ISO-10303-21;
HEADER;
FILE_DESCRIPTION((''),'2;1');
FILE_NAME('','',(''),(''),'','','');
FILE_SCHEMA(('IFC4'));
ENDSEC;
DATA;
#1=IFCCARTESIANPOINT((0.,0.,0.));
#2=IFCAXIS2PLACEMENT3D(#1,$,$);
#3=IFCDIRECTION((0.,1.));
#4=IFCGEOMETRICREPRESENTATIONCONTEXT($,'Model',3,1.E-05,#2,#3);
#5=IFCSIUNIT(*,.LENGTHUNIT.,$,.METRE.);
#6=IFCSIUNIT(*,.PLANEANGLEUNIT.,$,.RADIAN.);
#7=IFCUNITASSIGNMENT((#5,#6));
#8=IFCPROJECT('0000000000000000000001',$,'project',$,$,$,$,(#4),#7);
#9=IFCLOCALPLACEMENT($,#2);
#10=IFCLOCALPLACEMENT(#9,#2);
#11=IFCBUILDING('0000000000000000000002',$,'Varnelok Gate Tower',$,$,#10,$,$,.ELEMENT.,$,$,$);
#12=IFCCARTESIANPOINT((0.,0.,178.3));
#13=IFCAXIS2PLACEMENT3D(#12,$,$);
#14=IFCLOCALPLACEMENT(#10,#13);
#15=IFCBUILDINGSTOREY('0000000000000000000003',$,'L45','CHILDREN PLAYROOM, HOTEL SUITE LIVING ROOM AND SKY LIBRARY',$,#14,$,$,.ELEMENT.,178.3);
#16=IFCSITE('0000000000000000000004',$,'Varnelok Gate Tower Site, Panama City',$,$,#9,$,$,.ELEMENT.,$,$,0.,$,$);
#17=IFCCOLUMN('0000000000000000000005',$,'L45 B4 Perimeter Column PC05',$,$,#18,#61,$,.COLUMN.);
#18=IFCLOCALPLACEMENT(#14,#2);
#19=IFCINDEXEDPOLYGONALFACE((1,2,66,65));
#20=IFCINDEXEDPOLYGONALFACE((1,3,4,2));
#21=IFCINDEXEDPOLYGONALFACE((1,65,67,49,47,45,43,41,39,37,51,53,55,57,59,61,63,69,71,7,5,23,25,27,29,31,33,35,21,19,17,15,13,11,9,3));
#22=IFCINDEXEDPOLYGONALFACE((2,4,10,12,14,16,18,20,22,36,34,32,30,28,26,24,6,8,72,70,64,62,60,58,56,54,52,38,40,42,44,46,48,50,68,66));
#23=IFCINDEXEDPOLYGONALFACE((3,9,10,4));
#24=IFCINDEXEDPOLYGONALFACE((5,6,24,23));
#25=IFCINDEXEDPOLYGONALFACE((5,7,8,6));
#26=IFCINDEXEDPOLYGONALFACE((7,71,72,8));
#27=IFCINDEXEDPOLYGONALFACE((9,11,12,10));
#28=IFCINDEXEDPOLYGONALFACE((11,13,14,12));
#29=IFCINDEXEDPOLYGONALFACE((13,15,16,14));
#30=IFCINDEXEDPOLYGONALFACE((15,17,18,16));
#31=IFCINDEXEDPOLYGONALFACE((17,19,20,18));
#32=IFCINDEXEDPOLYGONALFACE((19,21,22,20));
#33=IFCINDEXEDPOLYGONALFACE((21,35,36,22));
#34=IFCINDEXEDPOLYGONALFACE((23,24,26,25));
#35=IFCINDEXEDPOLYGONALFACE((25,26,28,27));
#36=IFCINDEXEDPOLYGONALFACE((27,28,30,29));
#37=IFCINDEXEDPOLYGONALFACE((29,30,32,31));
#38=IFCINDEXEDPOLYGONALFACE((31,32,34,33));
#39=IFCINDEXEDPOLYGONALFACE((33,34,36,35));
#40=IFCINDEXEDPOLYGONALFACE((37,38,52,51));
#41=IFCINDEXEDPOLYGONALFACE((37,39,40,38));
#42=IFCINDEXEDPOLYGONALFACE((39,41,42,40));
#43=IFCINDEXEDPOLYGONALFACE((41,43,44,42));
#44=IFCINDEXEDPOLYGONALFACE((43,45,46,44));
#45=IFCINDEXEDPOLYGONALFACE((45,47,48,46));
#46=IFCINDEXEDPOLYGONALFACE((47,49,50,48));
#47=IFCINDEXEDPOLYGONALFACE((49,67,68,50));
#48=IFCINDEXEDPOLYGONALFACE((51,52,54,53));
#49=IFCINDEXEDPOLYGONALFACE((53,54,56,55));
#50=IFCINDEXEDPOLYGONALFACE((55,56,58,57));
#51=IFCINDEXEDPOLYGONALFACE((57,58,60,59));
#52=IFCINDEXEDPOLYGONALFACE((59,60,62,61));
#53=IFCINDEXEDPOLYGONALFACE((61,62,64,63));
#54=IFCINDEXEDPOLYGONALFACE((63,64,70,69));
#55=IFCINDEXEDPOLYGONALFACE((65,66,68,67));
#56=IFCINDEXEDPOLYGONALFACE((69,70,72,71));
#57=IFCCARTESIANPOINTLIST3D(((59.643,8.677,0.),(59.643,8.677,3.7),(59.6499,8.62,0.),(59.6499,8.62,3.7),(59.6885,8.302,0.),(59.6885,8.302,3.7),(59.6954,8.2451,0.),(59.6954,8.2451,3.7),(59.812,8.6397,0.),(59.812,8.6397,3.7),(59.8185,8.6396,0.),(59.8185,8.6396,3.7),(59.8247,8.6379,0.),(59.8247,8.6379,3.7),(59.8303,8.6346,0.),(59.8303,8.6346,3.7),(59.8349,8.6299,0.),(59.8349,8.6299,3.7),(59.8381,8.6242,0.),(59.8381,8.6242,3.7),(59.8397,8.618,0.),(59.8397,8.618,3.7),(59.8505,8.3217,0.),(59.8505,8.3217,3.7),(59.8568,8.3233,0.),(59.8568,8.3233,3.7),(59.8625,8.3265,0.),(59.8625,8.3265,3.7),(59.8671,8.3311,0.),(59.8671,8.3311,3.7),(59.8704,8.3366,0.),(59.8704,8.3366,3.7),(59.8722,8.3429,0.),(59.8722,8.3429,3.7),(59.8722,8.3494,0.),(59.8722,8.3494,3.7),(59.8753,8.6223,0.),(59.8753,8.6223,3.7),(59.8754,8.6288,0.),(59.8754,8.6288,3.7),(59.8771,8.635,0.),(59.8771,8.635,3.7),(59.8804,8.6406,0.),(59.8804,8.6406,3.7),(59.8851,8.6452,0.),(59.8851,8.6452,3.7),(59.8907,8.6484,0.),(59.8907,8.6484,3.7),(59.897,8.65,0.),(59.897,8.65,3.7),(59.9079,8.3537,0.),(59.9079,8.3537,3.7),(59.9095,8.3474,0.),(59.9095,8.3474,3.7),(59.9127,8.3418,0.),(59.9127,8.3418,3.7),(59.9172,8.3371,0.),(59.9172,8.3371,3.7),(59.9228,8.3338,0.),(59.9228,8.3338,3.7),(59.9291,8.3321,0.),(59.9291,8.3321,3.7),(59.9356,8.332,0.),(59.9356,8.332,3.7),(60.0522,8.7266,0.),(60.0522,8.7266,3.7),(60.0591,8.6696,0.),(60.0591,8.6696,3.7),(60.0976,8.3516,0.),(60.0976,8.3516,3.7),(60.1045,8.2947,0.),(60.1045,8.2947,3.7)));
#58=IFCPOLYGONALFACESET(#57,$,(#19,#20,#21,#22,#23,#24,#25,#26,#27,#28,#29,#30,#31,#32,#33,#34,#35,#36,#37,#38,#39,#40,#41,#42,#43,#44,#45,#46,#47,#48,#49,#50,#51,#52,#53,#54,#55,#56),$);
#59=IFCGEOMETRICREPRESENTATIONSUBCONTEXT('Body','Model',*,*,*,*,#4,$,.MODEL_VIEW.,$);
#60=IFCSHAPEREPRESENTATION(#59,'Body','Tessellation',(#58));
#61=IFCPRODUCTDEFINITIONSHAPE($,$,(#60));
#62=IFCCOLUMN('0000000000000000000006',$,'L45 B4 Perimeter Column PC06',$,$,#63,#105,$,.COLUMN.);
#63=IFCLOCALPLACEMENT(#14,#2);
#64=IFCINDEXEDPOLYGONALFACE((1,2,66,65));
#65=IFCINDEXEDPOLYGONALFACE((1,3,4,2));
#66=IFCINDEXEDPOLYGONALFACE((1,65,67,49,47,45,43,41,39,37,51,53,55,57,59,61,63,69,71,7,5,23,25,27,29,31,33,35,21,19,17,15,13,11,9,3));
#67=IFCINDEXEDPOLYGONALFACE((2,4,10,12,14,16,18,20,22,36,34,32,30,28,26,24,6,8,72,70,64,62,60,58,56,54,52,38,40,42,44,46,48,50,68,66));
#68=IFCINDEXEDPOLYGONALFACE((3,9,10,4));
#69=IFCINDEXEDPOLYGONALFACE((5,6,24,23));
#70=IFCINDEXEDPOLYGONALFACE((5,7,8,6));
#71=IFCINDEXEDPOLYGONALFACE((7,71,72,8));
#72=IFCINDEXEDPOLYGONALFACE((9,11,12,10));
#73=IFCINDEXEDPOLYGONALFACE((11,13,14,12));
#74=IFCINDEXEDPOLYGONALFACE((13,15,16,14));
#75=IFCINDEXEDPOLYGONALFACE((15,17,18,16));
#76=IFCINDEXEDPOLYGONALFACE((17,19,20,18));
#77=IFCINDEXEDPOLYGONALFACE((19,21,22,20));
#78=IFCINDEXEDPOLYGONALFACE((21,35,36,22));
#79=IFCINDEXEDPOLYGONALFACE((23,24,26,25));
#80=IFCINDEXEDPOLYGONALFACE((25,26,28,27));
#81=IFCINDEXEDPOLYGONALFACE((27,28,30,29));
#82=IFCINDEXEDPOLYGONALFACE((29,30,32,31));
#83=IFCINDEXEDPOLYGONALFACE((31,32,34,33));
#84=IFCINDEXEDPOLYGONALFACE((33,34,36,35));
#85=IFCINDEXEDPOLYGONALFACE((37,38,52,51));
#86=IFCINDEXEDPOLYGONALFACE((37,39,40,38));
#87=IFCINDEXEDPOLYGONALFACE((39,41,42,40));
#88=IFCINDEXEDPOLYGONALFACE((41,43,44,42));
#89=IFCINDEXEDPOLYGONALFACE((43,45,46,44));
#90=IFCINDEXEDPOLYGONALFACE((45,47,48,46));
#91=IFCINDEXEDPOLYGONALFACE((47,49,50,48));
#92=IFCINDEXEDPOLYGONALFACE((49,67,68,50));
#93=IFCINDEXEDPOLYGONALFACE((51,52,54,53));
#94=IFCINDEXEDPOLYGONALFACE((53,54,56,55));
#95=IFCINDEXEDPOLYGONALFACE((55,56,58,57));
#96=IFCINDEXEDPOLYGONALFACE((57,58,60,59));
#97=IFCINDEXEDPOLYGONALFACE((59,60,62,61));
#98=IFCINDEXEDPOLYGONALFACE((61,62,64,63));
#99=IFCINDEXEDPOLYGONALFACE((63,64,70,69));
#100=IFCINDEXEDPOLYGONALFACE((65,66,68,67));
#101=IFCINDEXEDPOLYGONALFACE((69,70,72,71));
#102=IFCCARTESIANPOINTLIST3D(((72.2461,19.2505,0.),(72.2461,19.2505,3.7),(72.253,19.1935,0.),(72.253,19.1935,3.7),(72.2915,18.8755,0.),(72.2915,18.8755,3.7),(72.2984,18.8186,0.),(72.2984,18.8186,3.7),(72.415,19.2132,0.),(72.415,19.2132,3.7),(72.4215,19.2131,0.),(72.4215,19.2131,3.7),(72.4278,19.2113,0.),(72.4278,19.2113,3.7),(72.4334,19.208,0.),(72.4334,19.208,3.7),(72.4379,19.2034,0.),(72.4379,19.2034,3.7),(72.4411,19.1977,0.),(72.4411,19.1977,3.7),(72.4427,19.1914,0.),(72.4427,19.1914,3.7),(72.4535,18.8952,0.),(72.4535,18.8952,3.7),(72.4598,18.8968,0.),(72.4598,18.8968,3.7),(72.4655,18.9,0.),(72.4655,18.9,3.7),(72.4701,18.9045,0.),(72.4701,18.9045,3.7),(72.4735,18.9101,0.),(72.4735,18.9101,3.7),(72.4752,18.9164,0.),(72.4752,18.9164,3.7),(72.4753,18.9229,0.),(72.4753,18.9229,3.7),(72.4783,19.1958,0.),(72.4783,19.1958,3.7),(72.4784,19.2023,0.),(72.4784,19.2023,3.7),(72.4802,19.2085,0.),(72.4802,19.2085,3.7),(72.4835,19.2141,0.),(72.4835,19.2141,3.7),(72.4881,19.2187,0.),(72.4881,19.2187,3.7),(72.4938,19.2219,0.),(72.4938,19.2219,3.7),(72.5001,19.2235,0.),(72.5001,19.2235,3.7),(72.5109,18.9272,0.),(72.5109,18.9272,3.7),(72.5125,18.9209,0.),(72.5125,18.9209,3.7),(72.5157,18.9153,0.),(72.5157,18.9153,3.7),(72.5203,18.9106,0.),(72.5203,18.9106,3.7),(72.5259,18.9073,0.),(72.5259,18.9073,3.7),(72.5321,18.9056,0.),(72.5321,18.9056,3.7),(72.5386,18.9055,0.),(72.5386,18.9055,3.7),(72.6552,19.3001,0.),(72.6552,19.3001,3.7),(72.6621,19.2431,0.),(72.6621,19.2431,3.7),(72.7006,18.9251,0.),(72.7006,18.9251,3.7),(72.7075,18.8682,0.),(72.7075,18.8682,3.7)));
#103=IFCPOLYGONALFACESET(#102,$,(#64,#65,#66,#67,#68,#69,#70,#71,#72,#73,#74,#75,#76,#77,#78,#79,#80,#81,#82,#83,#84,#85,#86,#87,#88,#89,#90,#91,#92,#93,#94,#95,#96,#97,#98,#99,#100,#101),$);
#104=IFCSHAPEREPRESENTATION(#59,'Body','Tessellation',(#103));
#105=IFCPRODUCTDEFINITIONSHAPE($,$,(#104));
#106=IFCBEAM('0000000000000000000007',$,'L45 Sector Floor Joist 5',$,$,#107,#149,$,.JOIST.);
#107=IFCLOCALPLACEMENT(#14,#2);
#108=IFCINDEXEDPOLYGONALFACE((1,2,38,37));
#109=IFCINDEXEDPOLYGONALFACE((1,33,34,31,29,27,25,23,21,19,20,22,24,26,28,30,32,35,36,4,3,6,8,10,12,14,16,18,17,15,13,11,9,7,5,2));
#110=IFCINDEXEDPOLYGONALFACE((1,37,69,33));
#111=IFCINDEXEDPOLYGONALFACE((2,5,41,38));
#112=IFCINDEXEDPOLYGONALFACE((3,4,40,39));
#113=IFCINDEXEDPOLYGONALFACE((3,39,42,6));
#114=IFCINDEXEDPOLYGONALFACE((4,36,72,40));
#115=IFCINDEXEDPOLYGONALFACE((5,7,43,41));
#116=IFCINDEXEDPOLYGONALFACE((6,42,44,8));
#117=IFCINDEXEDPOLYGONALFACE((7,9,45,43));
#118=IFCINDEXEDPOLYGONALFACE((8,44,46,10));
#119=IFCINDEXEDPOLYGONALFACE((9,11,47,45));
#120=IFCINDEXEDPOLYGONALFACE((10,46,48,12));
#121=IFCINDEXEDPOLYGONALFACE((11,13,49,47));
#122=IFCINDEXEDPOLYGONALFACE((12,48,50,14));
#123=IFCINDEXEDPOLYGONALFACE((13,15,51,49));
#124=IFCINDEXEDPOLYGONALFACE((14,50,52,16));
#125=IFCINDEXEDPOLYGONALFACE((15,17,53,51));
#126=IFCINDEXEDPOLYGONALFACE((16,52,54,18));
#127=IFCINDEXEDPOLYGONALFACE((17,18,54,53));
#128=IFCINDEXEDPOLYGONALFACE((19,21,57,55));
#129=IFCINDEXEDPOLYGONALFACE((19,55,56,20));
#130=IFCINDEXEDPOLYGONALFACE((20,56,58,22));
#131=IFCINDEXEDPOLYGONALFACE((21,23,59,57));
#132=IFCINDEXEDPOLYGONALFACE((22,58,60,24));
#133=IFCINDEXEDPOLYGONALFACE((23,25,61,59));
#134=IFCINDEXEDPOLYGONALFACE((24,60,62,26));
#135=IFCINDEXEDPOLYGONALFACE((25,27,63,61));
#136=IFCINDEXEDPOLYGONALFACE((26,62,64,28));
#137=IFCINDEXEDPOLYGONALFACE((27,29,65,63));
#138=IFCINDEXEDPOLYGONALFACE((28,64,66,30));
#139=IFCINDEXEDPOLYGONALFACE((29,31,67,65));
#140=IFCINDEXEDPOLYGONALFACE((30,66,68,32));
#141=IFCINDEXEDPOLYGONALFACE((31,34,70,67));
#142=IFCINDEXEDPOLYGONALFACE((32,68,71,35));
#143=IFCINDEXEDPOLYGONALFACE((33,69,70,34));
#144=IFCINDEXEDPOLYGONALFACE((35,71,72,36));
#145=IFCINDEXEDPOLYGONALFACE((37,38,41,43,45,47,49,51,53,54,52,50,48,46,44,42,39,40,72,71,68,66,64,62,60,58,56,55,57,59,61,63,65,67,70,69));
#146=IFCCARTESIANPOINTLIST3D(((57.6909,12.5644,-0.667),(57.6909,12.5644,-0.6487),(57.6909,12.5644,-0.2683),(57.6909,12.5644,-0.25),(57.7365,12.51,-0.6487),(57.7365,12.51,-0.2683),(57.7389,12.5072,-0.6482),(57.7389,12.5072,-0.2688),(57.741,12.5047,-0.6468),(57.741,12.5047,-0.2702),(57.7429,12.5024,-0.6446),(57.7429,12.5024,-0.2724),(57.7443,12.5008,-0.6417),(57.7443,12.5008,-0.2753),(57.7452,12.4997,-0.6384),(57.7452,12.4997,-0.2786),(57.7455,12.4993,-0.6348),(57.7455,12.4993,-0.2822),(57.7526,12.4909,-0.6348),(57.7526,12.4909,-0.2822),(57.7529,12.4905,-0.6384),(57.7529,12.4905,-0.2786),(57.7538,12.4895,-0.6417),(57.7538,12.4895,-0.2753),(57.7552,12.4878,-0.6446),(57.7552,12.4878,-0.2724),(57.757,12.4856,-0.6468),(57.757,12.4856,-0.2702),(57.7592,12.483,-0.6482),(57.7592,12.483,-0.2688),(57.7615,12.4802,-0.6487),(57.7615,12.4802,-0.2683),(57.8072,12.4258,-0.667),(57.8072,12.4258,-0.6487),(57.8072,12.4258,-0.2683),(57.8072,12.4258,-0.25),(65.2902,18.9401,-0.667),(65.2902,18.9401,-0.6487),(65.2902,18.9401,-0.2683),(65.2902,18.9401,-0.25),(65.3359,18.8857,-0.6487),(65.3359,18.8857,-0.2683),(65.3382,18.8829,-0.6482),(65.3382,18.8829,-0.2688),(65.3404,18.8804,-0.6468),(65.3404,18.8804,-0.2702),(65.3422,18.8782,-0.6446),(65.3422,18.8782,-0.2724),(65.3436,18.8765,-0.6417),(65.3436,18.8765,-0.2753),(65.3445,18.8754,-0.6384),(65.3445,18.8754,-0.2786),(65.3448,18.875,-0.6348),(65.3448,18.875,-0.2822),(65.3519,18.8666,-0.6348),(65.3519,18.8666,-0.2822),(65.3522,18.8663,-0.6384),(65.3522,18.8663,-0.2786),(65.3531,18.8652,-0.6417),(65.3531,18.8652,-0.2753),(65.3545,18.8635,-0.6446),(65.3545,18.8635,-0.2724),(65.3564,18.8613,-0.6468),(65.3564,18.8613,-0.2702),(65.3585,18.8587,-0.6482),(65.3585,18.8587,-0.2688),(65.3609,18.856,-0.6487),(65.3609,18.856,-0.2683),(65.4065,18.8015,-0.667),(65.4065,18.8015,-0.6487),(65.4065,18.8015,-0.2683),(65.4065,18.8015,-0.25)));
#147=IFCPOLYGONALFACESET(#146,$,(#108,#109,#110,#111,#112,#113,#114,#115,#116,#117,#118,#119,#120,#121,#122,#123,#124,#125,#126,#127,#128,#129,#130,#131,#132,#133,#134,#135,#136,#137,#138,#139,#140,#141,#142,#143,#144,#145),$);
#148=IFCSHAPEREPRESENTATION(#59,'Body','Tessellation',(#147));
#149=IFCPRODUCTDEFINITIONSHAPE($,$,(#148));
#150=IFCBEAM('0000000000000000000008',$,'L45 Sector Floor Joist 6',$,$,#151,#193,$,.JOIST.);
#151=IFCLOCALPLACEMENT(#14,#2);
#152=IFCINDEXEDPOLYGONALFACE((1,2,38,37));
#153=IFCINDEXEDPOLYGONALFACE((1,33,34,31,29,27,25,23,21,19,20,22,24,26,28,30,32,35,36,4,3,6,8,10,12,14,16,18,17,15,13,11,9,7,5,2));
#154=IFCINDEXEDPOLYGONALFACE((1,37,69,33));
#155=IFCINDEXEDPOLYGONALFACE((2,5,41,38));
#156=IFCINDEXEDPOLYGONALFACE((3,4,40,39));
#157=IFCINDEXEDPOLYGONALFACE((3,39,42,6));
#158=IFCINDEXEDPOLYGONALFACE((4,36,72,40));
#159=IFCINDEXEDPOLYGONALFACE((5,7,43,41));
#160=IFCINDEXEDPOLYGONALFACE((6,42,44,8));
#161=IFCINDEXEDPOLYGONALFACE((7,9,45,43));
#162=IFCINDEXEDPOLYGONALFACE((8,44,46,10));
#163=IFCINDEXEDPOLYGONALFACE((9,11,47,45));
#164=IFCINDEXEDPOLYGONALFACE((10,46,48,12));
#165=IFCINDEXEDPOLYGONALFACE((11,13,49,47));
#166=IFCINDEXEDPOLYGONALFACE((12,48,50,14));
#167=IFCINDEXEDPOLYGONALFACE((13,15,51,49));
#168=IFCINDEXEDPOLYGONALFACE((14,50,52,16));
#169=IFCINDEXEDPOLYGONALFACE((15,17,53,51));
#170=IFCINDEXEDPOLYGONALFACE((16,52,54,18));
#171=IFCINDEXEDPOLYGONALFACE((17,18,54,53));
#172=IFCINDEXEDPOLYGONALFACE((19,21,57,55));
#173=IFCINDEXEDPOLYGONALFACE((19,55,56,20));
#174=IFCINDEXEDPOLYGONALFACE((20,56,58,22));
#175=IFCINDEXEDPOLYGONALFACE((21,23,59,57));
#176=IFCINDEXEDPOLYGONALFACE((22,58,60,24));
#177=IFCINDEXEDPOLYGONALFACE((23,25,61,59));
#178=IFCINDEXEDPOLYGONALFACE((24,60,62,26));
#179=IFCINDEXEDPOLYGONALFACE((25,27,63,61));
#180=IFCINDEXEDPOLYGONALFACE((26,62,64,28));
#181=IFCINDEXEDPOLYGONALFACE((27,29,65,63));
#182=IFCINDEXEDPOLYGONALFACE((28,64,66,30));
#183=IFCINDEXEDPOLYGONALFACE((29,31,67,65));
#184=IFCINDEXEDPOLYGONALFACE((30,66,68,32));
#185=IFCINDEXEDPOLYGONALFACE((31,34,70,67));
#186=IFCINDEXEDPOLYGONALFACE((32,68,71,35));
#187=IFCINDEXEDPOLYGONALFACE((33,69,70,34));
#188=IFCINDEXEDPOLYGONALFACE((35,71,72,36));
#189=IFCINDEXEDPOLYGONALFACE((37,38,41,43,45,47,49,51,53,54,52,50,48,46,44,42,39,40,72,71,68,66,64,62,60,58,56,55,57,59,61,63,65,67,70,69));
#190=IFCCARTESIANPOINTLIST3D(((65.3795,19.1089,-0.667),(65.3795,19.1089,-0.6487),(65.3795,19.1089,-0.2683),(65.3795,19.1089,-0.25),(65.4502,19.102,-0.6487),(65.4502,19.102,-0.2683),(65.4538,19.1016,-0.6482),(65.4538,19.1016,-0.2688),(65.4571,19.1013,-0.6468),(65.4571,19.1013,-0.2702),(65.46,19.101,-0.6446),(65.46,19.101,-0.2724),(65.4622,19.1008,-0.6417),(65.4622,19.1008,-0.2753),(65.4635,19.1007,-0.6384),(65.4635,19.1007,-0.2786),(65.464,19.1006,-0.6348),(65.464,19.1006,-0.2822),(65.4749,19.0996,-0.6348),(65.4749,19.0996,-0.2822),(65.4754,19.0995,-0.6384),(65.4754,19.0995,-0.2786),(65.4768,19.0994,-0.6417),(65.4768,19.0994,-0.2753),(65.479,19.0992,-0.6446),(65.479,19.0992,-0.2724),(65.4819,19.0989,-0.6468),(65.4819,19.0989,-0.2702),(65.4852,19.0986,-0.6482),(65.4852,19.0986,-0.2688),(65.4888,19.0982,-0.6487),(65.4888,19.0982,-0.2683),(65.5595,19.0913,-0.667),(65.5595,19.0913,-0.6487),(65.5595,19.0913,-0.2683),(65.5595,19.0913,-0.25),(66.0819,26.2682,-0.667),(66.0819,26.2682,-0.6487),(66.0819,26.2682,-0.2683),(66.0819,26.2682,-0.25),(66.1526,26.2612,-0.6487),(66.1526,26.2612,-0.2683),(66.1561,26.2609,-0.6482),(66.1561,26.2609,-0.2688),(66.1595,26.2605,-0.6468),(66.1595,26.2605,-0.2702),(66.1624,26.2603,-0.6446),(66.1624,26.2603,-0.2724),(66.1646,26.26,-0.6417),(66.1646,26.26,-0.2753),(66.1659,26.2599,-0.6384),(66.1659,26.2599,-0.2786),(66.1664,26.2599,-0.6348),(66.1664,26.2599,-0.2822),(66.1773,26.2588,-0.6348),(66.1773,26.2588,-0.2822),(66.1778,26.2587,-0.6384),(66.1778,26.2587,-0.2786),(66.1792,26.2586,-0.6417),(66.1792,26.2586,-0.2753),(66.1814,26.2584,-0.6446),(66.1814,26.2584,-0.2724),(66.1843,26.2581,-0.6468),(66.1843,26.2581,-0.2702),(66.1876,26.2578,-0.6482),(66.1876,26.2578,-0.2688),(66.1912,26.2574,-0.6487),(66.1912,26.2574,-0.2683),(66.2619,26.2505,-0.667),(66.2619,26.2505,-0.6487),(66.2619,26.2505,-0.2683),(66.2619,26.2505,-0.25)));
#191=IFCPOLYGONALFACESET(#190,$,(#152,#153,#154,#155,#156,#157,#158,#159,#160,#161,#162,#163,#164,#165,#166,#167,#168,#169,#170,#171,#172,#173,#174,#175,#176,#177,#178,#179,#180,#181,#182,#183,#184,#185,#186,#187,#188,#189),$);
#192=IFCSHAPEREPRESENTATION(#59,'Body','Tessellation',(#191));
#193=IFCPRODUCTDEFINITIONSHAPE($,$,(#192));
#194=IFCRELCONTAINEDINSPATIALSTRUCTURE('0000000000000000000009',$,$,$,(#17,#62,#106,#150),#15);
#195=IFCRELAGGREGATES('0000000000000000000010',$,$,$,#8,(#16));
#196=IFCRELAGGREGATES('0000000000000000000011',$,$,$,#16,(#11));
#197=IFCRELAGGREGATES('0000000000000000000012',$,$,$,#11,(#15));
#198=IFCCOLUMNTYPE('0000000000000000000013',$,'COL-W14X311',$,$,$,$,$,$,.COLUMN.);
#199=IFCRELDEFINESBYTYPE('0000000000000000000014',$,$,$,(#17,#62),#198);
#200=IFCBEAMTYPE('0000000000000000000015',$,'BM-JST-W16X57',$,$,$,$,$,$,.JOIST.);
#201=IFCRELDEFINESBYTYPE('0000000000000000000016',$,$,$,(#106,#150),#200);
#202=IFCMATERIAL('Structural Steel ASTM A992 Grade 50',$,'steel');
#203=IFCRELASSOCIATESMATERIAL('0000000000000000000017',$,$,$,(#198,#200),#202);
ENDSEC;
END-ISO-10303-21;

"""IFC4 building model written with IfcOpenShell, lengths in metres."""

from ifc_helpers import new_model, si_unit, direction, frame, origin, origin_2d, place, context, subcontext, project, spatial, i_section, extrude, material, material_profile, profile_set, type_object, element, save


model = new_model("IFC4")

# Units and contexts
model_context = context("Model", 3, precision=1e-05, world=origin(), true_north=direction((0.0, 1.0)))
body_context = subcontext(model_context, "Body", "Model", "MODEL_VIEW")
ifc_project = project(units=[si_unit("LENGTHUNIT", "METRE"), si_unit("PLANEANGLEUNIT", "RADIAN")], contexts=[model_context])

# Site, building, storey
site_placement = place(None, origin())
site = spatial("IfcSite", under=ifc_project, at=site_placement, Name="Varnelok Gate Tower Site, Panama City", CompositionType="ELEMENT", RefElevation=0.0)
building_placement = place(site_placement, origin())
building = spatial("IfcBuilding", under=site, at=building_placement, Name="Varnelok Gate Tower", CompositionType="ELEMENT")
storey_placement = place(building_placement, frame((0.0, 0.0, 178.3)))
storey = spatial("IfcBuildingStorey", under=building, at=storey_placement, Name="L45", Description="CHILDREN PLAYROOM, HOTEL SUITE LIVING ROOM AND SKY LIBRARY", CompositionType="ELEMENT", Elevation=178.3)

# Columns
ifc_material_1 = material(Name="Structural Steel ASTM A992 Grade 50", Category="steel")
ifc_material_profile_1 = material_profile(ifc_material_1, i_section(OverallWidth=0.4121, OverallDepth=0.4351, WebThickness=0.0359, FlangeThickness=0.0574, FilletRadius=0.0249, at=origin_2d()), Name="W14X311")
ifc_profile_set_1 = profile_set([ifc_material_profile_1], Name="Structural Steel ASTM A992 Grade 50")
column_type = type_object("IfcColumnType", Name="COL-W14X311", PredefinedType="COLUMN", material=ifc_profile_set_1)
for number, where, z_axis, x_axis, name in (
    (1, (59.8738, 8.4858, 0.0), (0.0, 0.0, 1.0), (0.992732, 0.120345, 0.0), "L45 B4 Perimeter Column PC05"),
    (2, (72.4768, 19.0593, 0.0), (0.0, 0.0, 1.0), (0.992732, 0.120345, 0.0), "L45 B4 Perimeter Column PC06"),
):
    element("IfcColumn", number, at=place(storey_placement, frame(where, z_axis=z_axis, x_axis=x_axis)), inside=storey, type_object=column_type, Name=name, PredefinedType="COLUMN", context=body_context, shape_type="SweptSolid", body=[
        extrude(i_section(OverallWidth=0.4121, OverallDepth=0.4351, WebThickness=0.0359, FlangeThickness=0.0574, FilletRadius=0.0249, at=origin_2d()), origin(), (0.0, 0.0, 1.0), 3.7),
    ])

# Beams
ifc_material_profile_2 = material_profile(ifc_material_1, i_section(OverallWidth=0.1809, OverallDepth=0.417, WebThickness=0.011, FlangeThickness=0.0183, FilletRadius=0.0139, at=origin_2d()), Name="W16X57")
ifc_profile_set_2 = profile_set([ifc_material_profile_2], Name="Structural Steel ASTM A992 Grade 50")
beam_type_1 = type_object("IfcBeamType", Name="BM-JST-W16X57", PredefinedType="JOIST", material=ifc_profile_set_2)
beam_1_placement = place(storey_placement, frame((57.749, 12.4951, -0.4585), z_axis=(0.766089, 0.642735, 0.0), x_axis=(-0.642735, 0.766089, 0.0)))
element("IfcBeam", 3, at=beam_1_placement, inside=storey, type_object=beam_type_1, Name="L45 Sector Floor Joist 5", PredefinedType="JOIST", context=body_context, shape_type="SweptSolid", body=[
    extrude(i_section(OverallWidth=0.1809, OverallDepth=0.417, WebThickness=0.011, FlangeThickness=0.0183, FilletRadius=0.0139, at=origin_2d()), origin(), (0.0, 0.0, 1.0), 9.9197),
])
beam_2_placement = place(storey_placement, frame((65.4695, 19.1001, -0.4585), z_axis=(0.097642, 0.995222, 0.0), x_axis=(-0.995222, 0.097642, 0.0)))
element("IfcBeam", 4, at=beam_2_placement, inside=storey, type_object=beam_type_1, Name="L45 Sector Floor Joist 6", PredefinedType="JOIST", context=body_context, shape_type="SweptSolid", body=[
    extrude(i_section(OverallWidth=0.1809, OverallDepth=0.417, WebThickness=0.011, FlangeThickness=0.0183, FilletRadius=0.0139, at=origin_2d()), origin(), (0.0, 0.0, 1.0), 7.1936),
])

save(model, "model.ifc")
